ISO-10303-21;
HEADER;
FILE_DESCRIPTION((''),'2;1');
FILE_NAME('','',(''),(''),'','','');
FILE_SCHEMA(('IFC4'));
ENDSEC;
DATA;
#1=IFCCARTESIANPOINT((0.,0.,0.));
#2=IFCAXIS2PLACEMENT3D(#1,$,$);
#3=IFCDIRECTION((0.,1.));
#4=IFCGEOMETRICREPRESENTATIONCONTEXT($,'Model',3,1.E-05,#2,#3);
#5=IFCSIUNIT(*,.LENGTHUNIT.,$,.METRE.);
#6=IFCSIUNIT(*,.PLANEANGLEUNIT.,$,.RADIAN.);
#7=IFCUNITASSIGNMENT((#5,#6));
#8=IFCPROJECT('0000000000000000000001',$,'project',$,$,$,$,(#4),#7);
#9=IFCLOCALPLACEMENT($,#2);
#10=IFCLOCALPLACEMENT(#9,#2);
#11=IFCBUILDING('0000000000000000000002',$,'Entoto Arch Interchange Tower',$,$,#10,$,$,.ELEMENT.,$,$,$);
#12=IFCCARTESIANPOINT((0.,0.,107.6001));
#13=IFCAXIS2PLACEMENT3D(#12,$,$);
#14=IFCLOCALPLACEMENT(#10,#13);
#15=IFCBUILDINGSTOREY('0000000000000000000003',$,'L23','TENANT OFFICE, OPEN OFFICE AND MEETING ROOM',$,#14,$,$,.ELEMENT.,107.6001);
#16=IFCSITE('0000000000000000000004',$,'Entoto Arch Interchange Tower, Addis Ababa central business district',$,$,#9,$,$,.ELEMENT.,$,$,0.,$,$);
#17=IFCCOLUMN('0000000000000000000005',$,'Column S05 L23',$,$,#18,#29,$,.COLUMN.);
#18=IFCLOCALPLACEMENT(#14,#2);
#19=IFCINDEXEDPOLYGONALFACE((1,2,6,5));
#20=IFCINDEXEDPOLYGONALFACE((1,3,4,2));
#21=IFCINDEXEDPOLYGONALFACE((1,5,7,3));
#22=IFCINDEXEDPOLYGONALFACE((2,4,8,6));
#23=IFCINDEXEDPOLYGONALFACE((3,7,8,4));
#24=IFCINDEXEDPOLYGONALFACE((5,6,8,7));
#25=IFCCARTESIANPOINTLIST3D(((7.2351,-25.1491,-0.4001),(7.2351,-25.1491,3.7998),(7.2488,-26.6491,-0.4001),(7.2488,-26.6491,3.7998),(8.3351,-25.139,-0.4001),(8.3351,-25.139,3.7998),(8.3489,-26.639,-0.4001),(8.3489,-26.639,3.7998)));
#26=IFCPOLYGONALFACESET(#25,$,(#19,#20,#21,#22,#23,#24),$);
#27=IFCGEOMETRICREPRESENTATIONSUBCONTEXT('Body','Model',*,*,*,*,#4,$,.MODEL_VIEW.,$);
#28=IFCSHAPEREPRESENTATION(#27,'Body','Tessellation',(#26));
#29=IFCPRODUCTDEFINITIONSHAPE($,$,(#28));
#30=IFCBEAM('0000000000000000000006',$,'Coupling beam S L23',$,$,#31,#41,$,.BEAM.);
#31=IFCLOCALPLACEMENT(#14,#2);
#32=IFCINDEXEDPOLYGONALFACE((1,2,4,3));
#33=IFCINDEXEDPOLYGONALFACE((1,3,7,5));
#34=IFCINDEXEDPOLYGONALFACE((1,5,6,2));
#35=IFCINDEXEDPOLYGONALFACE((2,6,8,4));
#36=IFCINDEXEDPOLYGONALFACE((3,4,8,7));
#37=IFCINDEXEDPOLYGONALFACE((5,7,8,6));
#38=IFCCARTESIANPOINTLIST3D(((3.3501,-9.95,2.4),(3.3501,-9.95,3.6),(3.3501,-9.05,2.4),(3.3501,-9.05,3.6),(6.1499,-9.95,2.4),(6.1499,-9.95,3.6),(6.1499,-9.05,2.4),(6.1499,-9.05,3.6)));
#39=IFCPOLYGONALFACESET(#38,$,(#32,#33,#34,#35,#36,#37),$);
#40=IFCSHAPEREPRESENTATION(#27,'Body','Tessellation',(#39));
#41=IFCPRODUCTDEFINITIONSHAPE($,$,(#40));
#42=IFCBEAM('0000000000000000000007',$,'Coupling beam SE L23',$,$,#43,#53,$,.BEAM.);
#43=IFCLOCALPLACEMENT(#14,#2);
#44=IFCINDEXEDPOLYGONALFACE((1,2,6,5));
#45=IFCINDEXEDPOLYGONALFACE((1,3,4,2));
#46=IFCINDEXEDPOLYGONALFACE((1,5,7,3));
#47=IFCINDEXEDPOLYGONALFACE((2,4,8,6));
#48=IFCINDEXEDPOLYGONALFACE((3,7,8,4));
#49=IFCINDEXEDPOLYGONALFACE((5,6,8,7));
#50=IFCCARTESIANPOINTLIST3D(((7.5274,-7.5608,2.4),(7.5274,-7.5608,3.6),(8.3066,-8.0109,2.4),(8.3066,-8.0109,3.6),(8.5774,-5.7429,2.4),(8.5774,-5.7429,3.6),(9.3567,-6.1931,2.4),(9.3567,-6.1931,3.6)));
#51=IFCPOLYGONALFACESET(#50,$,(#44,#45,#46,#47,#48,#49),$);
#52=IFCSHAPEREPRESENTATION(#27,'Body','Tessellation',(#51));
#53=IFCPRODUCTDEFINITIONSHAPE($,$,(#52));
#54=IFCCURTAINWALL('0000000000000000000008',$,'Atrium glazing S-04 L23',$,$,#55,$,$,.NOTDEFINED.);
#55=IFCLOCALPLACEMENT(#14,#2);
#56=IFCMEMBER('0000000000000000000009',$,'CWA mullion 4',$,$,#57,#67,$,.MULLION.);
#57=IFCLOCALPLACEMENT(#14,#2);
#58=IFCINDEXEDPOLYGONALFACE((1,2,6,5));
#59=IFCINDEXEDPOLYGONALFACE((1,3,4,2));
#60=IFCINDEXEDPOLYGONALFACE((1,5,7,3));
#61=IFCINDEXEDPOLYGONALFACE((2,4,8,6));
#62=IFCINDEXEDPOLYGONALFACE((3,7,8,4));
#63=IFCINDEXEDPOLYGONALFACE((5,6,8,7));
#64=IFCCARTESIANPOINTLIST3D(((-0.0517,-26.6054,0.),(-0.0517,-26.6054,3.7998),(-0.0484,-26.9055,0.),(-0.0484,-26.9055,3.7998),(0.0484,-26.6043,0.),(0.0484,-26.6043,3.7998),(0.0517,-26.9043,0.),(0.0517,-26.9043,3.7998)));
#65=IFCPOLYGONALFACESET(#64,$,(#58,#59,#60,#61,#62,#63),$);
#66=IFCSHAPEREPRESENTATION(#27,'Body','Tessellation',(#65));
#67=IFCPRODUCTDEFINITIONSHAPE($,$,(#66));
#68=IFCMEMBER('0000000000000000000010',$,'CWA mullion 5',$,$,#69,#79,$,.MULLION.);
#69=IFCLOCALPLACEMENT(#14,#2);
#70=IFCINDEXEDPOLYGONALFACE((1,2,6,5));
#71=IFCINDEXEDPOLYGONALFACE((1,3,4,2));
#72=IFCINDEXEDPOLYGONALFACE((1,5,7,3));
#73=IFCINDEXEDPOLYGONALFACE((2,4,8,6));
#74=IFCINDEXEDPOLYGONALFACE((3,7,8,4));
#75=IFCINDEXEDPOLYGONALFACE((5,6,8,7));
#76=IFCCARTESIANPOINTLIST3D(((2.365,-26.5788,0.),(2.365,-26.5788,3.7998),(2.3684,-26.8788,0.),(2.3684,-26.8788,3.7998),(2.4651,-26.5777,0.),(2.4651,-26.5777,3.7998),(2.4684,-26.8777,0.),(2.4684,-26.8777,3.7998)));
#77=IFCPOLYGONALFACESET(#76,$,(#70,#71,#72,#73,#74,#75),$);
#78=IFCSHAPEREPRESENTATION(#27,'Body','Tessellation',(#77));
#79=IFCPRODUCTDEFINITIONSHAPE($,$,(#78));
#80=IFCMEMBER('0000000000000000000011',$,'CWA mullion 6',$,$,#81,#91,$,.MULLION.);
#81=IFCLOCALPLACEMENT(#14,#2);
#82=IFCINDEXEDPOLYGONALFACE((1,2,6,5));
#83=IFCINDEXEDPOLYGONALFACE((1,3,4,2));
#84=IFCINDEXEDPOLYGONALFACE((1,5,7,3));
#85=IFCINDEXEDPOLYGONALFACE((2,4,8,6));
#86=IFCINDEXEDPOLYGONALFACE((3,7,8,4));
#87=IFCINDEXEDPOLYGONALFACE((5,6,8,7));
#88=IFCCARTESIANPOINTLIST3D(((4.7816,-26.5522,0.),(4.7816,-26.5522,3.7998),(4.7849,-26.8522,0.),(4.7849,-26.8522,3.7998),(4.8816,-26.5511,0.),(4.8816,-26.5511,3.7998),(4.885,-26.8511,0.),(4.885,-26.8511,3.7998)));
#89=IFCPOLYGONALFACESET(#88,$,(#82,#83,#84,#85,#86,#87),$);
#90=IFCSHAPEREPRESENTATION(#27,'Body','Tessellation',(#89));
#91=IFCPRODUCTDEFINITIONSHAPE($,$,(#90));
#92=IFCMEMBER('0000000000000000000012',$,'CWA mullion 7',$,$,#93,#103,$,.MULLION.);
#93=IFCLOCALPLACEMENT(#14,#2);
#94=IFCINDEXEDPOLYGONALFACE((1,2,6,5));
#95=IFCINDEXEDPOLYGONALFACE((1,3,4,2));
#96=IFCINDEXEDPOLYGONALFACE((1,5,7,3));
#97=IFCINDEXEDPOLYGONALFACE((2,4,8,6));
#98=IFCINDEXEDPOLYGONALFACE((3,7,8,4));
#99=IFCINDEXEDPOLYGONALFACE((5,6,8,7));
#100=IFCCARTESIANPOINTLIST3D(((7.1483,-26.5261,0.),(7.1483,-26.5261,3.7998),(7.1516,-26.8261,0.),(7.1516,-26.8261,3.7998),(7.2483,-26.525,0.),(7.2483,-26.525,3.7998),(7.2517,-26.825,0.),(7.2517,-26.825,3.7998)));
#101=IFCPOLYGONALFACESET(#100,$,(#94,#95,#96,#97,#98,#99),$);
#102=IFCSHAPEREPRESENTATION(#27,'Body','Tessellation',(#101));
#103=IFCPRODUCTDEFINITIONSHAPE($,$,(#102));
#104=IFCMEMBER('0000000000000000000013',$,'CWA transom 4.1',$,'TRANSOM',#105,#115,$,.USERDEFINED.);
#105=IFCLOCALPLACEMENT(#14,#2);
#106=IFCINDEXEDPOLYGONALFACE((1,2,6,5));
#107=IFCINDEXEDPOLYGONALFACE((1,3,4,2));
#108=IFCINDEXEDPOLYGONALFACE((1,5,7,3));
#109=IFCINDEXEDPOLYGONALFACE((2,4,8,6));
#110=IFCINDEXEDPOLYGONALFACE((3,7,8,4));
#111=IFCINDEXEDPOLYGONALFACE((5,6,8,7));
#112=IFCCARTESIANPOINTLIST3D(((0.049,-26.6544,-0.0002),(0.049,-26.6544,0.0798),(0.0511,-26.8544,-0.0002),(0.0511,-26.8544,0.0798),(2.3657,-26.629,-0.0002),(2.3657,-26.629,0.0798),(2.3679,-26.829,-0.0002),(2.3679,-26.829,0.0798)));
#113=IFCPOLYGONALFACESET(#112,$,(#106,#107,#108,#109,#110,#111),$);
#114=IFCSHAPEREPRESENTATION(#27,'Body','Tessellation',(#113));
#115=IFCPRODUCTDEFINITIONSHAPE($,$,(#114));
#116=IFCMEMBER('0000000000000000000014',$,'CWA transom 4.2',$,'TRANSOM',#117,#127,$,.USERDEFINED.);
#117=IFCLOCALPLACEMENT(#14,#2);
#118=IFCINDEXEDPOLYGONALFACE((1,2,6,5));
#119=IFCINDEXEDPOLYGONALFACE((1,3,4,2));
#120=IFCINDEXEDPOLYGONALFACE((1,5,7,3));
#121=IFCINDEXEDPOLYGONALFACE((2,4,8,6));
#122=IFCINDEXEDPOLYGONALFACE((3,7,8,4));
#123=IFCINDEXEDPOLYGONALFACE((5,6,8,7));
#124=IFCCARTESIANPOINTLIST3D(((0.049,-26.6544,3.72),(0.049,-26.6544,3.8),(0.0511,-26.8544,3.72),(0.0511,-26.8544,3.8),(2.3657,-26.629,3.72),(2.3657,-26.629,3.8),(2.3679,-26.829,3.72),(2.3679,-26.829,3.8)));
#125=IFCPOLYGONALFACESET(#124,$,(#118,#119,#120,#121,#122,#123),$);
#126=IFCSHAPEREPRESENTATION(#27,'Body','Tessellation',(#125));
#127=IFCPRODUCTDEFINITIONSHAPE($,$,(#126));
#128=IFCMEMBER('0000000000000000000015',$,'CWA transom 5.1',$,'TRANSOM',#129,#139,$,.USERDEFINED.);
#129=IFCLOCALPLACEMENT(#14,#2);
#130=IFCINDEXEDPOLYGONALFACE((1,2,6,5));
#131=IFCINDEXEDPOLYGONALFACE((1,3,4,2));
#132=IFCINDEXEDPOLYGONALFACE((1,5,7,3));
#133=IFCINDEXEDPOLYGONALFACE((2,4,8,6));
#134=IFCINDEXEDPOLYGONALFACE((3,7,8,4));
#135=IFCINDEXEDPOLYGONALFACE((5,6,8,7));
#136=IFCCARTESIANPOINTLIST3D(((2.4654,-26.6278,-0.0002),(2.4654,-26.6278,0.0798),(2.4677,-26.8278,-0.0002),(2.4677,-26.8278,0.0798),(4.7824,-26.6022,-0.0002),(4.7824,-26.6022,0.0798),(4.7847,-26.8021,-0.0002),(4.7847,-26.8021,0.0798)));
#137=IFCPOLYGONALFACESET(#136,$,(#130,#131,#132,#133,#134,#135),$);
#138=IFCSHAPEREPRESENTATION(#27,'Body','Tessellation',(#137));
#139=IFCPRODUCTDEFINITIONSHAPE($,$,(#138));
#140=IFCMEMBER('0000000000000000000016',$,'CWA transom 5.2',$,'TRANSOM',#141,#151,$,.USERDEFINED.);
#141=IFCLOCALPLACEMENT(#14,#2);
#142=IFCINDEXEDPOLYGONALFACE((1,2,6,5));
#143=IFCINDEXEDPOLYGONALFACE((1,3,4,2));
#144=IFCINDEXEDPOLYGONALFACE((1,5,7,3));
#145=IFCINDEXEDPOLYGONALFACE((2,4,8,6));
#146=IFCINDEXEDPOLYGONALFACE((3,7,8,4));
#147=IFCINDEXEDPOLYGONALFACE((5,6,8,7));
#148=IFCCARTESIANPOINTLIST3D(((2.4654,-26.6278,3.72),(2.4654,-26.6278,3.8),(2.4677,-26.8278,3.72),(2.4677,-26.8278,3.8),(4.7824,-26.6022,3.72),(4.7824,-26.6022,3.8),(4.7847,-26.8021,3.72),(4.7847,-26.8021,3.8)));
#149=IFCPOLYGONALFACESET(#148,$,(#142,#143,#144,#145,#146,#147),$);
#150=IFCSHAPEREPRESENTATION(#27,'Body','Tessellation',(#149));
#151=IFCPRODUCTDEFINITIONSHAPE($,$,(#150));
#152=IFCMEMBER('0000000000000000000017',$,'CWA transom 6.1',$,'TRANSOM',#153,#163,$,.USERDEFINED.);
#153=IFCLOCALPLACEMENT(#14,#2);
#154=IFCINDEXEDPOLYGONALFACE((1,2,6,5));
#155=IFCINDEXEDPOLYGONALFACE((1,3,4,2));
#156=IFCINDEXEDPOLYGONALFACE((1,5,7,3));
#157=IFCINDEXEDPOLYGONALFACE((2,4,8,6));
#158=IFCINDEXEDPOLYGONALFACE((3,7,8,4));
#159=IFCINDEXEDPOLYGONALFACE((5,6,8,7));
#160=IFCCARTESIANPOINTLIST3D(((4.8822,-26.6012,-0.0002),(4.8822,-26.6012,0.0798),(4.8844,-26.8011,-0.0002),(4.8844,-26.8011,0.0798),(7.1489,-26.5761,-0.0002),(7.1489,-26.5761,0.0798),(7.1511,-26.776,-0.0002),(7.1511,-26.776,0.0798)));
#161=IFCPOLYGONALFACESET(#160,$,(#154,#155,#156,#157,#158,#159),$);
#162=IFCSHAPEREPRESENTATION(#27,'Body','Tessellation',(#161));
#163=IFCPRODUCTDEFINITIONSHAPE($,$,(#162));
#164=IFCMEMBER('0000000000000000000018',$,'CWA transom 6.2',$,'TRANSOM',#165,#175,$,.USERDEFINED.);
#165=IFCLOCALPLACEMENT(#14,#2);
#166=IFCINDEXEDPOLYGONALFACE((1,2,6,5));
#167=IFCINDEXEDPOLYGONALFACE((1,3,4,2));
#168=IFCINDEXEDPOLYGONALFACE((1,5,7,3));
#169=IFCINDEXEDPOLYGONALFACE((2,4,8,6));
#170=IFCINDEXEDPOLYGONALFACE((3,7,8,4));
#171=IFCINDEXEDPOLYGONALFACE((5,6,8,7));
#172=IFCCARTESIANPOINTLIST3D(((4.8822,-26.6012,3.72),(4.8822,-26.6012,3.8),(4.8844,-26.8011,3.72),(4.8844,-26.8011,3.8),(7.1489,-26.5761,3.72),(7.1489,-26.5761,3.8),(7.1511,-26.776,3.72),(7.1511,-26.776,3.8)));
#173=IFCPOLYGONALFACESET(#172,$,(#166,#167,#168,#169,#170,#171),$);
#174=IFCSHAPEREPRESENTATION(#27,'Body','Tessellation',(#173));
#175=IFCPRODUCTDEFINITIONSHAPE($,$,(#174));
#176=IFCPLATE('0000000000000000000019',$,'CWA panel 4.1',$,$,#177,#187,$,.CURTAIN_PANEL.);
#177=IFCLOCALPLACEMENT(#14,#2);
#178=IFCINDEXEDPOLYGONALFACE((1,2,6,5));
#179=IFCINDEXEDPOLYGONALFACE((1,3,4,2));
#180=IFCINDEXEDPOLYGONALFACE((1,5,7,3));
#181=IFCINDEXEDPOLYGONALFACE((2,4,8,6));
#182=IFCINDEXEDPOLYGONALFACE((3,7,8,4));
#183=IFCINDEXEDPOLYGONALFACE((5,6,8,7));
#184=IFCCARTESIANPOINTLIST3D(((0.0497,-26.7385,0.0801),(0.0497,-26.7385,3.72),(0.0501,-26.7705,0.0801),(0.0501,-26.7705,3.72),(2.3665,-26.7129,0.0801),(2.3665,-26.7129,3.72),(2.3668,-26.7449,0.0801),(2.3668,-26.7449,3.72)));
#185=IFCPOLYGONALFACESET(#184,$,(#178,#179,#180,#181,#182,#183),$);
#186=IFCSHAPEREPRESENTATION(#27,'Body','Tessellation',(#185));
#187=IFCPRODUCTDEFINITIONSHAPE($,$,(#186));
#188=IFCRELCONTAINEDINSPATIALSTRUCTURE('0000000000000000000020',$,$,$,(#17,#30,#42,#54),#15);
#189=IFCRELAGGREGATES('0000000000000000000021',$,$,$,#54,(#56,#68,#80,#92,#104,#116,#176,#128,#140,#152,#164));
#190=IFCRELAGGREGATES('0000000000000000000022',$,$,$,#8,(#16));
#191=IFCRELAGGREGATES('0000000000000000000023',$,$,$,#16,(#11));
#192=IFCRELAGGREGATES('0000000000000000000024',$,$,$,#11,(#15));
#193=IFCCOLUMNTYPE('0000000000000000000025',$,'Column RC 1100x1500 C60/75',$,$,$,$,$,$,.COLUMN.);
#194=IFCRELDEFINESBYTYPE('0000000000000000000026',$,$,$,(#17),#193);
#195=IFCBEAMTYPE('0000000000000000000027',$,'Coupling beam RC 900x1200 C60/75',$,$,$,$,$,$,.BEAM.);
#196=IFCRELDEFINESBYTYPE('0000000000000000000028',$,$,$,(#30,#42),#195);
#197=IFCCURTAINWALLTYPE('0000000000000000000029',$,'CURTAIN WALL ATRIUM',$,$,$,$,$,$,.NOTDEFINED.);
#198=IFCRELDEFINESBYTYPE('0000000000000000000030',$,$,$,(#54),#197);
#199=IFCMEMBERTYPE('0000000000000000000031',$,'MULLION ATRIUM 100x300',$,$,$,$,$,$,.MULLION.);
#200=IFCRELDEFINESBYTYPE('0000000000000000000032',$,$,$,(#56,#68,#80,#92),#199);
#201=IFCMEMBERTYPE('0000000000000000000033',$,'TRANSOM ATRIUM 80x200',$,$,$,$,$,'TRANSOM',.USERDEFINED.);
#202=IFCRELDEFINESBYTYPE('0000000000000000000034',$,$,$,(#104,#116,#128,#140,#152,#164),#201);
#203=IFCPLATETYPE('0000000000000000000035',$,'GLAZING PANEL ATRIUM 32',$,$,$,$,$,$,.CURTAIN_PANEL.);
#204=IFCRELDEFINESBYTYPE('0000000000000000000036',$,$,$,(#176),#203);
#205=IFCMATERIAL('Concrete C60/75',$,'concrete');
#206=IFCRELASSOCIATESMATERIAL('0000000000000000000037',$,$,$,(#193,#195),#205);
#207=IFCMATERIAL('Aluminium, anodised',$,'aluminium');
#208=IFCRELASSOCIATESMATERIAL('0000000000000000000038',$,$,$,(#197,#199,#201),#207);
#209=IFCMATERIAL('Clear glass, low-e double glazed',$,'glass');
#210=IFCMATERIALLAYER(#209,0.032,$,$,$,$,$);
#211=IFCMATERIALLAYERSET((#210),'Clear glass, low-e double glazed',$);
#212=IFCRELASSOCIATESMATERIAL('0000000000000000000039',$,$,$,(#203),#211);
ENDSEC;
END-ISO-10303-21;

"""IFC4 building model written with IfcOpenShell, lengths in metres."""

from ifc_helpers import new_model, si_unit, direction, frame, origin, origin_2d, place, context, subcontext, project, spatial, rectangle, extrude, material, layer, layer_set, material_profile, profile_set, type_object, element, aggregate, save


model = new_model("IFC4")

# Units and contexts
model_context = context("Model", 3, precision=1e-05, world=origin(), true_north=direction((0.0, 1.0)))
body_context = subcontext(model_context, "Body", "Model", "MODEL_VIEW")
ifc_project = project(units=[si_unit("LENGTHUNIT", "METRE"), si_unit("PLANEANGLEUNIT", "RADIAN")], contexts=[model_context])

# Site, building, storey
site_placement = place(None, origin())
site = spatial("IfcSite", under=ifc_project, at=site_placement, Name="Entoto Arch Interchange Tower, Addis Ababa central business district", CompositionType="ELEMENT", RefElevation=0.0)
building_placement = place(site_placement, origin())
building = spatial("IfcBuilding", under=site, at=building_placement, Name="Entoto Arch Interchange Tower", CompositionType="ELEMENT")
storey_placement = place(building_placement, frame((0.0, 0.0, 107.6001)))
storey = spatial("IfcBuildingStorey", under=building, at=storey_placement, Name="L23", Description="TENANT OFFICE, OPEN OFFICE AND MEETING ROOM", CompositionType="ELEMENT", Elevation=107.6001)

# Column
ifc_material_1 = material(Name="Concrete C60/75", Category="concrete")
ifc_material_profile_1 = material_profile(ifc_material_1, rectangle(XDim=1.1001, YDim=1.5, at=origin_2d()))
ifc_profile_set_1 = profile_set([ifc_material_profile_1], Name="Concrete C60/75")
column_type = type_object("IfcColumnType", Name="Column RC 1100x1500 C60/75", PredefinedType="COLUMN", material=ifc_profile_set_1)
column_placement = place(storey_placement, frame((7.792, -25.894, -0.4001), z_axis=(0.0, 0.0, 1.0), x_axis=(0.999958, 0.009163, 0.0)))
element("IfcColumn", 1, at=column_placement, inside=storey, type_object=column_type, Name="Column S05 L23", PredefinedType="COLUMN", context=body_context, shape_type="SweptSolid", body=[
    extrude(rectangle(XDim=1.1001, YDim=1.5, at=origin_2d()), origin(), (0.0, 0.0, 1.0), 4.2),
])

# Beams
ifc_material_profile_2 = material_profile(ifc_material_1, rectangle(XDim=0.8999, YDim=1.2, at=origin_2d()))
ifc_profile_set_2 = profile_set([ifc_material_profile_2], Name="Concrete C60/75")
beam_type = type_object("IfcBeamType", Name="Coupling beam RC 900x1200 C60/75", PredefinedType="BEAM", material=ifc_profile_set_2)
beam_1_placement = place(storey_placement, frame((3.3501, -9.5, 3.0), z_axis=(1.0, 0.0, 0.0), x_axis=(0.0, 1.0, 0.0)))
element("IfcBeam", 2, at=beam_1_placement, inside=storey, type_object=beam_type, Name="Coupling beam S L23", PredefinedType="BEAM", context=body_context, shape_type="SweptSolid", body=[
    extrude(rectangle(XDim=0.8999, YDim=1.2, at=origin_2d()), origin(), (0.0, 0.0, 1.0), 2.7998),
])
beam_2_placement = place(storey_placement, frame((7.917, -7.7859, 3.0), z_axis=(0.500179, 0.865922, 0.0), x_axis=(-0.865922, 0.500179, 0.0)))
element("IfcBeam", 3, at=beam_2_placement, inside=storey, type_object=beam_type, Name="Coupling beam SE L23", PredefinedType="BEAM", context=body_context, shape_type="SweptSolid", body=[
    extrude(rectangle(XDim=0.8999, YDim=1.2, at=origin_2d()), origin(), (0.0, 0.0, 1.0), 2.0994),
])

# Curtain wall, members, plate
ifc_material_2 = material(Name="Aluminium, anodised", Category="aluminium")
curtain_wall_type = type_object("IfcCurtainWallType", Name="CURTAIN WALL ATRIUM", PredefinedType="NOTDEFINED", material=ifc_material_2)
curtain_wall_placement = place(storey_placement, origin())
curtain_wall = element("IfcCurtainWall", 4, at=curtain_wall_placement, inside=storey, type_object=curtain_wall_type, Name="Atrium glazing S-04 L23", PredefinedType="NOTDEFINED")
ifc_material_profile_3 = material_profile(ifc_material_2, rectangle(XDim=0.3, YDim=0.1001, at=origin_2d()))
ifc_profile_set_3 = profile_set([ifc_material_profile_3], Name="Aluminium, anodised")
member_type_1 = type_object("IfcMemberType", Name="MULLION ATRIUM 100x300", PredefinedType="MULLION", material=ifc_profile_set_3)
member_1_placement = place(storey_placement, frame((0.0, -26.7549, 0.0), z_axis=(0.0, 0.0, 1.0), x_axis=(-0.011034, 0.999939, 0.0)))
member_1 = element("IfcMember", 5, at=member_1_placement, type_object=member_type_1, Name="CWA mullion 4", PredefinedType="MULLION", context=body_context, shape_type="SweptSolid", body=[
    extrude(rectangle(XDim=0.3, YDim=0.1001, at=origin_2d()), origin(), (0.0, 0.0, 1.0), 3.7998),
])
member_2_placement = place(storey_placement, frame((2.4167, -26.7283, 0.0), z_axis=(0.0, 0.0, 1.0), x_axis=(-0.011034, 0.999939, 0.0)))
member_2 = element("IfcMember", 6, at=member_2_placement, type_object=member_type_1, Name="CWA mullion 5", PredefinedType="MULLION", context=body_context, shape_type="SweptSolid", body=[
    extrude(rectangle(XDim=0.3, YDim=0.1001, at=origin_2d()), origin(), (0.0, 0.0, 1.0), 3.7998),
])
member_3_placement = place(storey_placement, frame((4.8333, -26.7017, 0.0), z_axis=(0.0, 0.0, 1.0), x_axis=(-0.011034, 0.999939, 0.0)))
member_3 = element("IfcMember", 7, at=member_3_placement, type_object=member_type_1, Name="CWA mullion 6", PredefinedType="MULLION", context=body_context, shape_type="SweptSolid", body=[
    extrude(rectangle(XDim=0.3, YDim=0.1001, at=origin_2d()), origin(), (0.0, 0.0, 1.0), 3.7998),
])
member_4_placement = place(storey_placement, frame((7.2, -26.6755, 0.0), z_axis=(0.0, 0.0, 1.0), x_axis=(-0.011034, 0.999939, 0.0)))
member_4 = element("IfcMember", 8, at=member_4_placement, type_object=member_type_1, Name="CWA mullion 7", PredefinedType="MULLION", context=body_context, shape_type="SweptSolid", body=[
    extrude(rectangle(XDim=0.3, YDim=0.1001, at=origin_2d()), origin(), (0.0, 0.0, 1.0), 3.7998),
])
ifc_material_profile_4 = material_profile(ifc_material_2, rectangle(XDim=0.2, YDim=0.0801, at=origin_2d()))
ifc_profile_set_4 = profile_set([ifc_material_profile_4], Name="Aluminium, anodised")
member_type_2 = type_object("IfcMemberType", Name="TRANSOM ATRIUM 80x200", ElementType="TRANSOM", PredefinedType="USERDEFINED", material=ifc_profile_set_4)
member_5_placement = place(storey_placement, frame((0.05, -26.7544, 0.0398), z_axis=(0.99994, 0.010959, 0.0), x_axis=(-0.010959, 0.99994, 0.0)))
member_5 = element("IfcMember", 9, at=member_5_placement, type_object=member_type_2, Name="CWA transom 4.1", ObjectType="TRANSOM", PredefinedType="USERDEFINED", context=body_context, shape_type="SweptSolid", body=[
    extrude(rectangle(XDim=0.2, YDim=0.0801, at=origin_2d()), origin(), (0.0, 0.0, 1.0), 2.3169),
])
member_6_placement = place(storey_placement, frame((0.05, -26.7544, 3.76), z_axis=(0.99994, 0.010959, 0.0), x_axis=(-0.010959, 0.99994, 0.0)))
member_6 = element("IfcMember", 10, at=member_6_placement, type_object=member_type_2, Name="CWA transom 4.2", ObjectType="TRANSOM", PredefinedType="USERDEFINED", context=body_context, shape_type="SweptSolid", body=[
    extrude(rectangle(XDim=0.2, YDim=0.0801, at=origin_2d()), origin(), (0.0, 0.0, 1.0), 2.3169),
])
member_7_placement = place(storey_placement, frame((2.4666, -26.7278, 0.0398), z_axis=(0.999939, 0.011064, 0.0), x_axis=(-0.011064, 0.999939, 0.0)))
member_7 = element("IfcMember", 11, at=member_7_placement, type_object=member_type_2, Name="CWA transom 5.1", ObjectType="TRANSOM", PredefinedType="USERDEFINED", context=body_context, shape_type="SweptSolid", body=[
    extrude(rectangle(XDim=0.2, YDim=0.0801, at=origin_2d()), origin(), (0.0, 0.0, 1.0), 2.3171),
])
member_8_placement = place(storey_placement, frame((2.4666, -26.7278, 3.76), z_axis=(0.999939, 0.011064, 0.0), x_axis=(-0.011064, 0.999939, 0.0)))
member_8 = element("IfcMember", 12, at=member_8_placement, type_object=member_type_2, Name="CWA transom 5.2", ObjectType="TRANSOM", PredefinedType="USERDEFINED", context=body_context, shape_type="SweptSolid", body=[
    extrude(rectangle(XDim=0.2, YDim=0.0801, at=origin_2d()), origin(), (0.0, 0.0, 1.0), 2.3171),
])
member_9_placement = place(storey_placement, frame((4.8833, -26.7012, 0.0398), z_axis=(0.999938, 0.011094, 0.0), x_axis=(-0.011094, 0.999938, 0.0)))
member_9 = element("IfcMember", 13, at=member_9_placement, type_object=member_type_2, Name="CWA transom 6.1", ObjectType="TRANSOM", PredefinedType="USERDEFINED", context=body_context, shape_type="SweptSolid", body=[
    extrude(rectangle(XDim=0.2, YDim=0.0801, at=origin_2d()), origin(), (0.0, 0.0, 1.0), 2.2668),
])
member_10_placement = place(storey_placement, frame((4.8833, -26.7012, 3.76), z_axis=(0.999938, 0.011094, 0.0), x_axis=(-0.011094, 0.999938, 0.0)))
member_10 = element("IfcMember", 14, at=member_10_placement, type_object=member_type_2, Name="CWA transom 6.2", ObjectType="TRANSOM", PredefinedType="USERDEFINED", context=body_context, shape_type="SweptSolid", body=[
    extrude(rectangle(XDim=0.2, YDim=0.0801, at=origin_2d()), origin(), (0.0, 0.0, 1.0), 2.2668),
])
ifc_material_3 = material(Name="Clear glass, low-e double glazed", Category="glass")
ifc_layer_1 = layer(ifc_material_3, 0.032)
ifc_layer_set_1 = layer_set([ifc_layer_1], Name="Clear glass, low-e double glazed")
plate_type = type_object("IfcPlateType", Name="GLAZING PANEL ATRIUM 32", PredefinedType="CURTAIN_PANEL", material=ifc_layer_set_1)
plate_1_placement = place(storey_placement, frame((1.2083, -26.7417, 0.0801), z_axis=(0.0, 0.0, 1.0), x_axis=(0.999939, 0.011034, 0.0)))
plate_1 = element("IfcPlate", 15, at=plate_1_placement, type_object=plate_type, Name="CWA panel 4.1", PredefinedType="CURTAIN_PANEL", context=body_context, shape_type="SweptSolid", body=[
    extrude(rectangle(XDim=2.3169, YDim=0.032, at=origin_2d()), origin(), (0.0, 0.0, 1.0), 3.6399),
])
aggregate(curtain_wall, [member_1, member_2, member_3, member_4, member_5, member_6, plate_1, member_7, member_8, member_9, member_10])

save(model, "model.ifc")
